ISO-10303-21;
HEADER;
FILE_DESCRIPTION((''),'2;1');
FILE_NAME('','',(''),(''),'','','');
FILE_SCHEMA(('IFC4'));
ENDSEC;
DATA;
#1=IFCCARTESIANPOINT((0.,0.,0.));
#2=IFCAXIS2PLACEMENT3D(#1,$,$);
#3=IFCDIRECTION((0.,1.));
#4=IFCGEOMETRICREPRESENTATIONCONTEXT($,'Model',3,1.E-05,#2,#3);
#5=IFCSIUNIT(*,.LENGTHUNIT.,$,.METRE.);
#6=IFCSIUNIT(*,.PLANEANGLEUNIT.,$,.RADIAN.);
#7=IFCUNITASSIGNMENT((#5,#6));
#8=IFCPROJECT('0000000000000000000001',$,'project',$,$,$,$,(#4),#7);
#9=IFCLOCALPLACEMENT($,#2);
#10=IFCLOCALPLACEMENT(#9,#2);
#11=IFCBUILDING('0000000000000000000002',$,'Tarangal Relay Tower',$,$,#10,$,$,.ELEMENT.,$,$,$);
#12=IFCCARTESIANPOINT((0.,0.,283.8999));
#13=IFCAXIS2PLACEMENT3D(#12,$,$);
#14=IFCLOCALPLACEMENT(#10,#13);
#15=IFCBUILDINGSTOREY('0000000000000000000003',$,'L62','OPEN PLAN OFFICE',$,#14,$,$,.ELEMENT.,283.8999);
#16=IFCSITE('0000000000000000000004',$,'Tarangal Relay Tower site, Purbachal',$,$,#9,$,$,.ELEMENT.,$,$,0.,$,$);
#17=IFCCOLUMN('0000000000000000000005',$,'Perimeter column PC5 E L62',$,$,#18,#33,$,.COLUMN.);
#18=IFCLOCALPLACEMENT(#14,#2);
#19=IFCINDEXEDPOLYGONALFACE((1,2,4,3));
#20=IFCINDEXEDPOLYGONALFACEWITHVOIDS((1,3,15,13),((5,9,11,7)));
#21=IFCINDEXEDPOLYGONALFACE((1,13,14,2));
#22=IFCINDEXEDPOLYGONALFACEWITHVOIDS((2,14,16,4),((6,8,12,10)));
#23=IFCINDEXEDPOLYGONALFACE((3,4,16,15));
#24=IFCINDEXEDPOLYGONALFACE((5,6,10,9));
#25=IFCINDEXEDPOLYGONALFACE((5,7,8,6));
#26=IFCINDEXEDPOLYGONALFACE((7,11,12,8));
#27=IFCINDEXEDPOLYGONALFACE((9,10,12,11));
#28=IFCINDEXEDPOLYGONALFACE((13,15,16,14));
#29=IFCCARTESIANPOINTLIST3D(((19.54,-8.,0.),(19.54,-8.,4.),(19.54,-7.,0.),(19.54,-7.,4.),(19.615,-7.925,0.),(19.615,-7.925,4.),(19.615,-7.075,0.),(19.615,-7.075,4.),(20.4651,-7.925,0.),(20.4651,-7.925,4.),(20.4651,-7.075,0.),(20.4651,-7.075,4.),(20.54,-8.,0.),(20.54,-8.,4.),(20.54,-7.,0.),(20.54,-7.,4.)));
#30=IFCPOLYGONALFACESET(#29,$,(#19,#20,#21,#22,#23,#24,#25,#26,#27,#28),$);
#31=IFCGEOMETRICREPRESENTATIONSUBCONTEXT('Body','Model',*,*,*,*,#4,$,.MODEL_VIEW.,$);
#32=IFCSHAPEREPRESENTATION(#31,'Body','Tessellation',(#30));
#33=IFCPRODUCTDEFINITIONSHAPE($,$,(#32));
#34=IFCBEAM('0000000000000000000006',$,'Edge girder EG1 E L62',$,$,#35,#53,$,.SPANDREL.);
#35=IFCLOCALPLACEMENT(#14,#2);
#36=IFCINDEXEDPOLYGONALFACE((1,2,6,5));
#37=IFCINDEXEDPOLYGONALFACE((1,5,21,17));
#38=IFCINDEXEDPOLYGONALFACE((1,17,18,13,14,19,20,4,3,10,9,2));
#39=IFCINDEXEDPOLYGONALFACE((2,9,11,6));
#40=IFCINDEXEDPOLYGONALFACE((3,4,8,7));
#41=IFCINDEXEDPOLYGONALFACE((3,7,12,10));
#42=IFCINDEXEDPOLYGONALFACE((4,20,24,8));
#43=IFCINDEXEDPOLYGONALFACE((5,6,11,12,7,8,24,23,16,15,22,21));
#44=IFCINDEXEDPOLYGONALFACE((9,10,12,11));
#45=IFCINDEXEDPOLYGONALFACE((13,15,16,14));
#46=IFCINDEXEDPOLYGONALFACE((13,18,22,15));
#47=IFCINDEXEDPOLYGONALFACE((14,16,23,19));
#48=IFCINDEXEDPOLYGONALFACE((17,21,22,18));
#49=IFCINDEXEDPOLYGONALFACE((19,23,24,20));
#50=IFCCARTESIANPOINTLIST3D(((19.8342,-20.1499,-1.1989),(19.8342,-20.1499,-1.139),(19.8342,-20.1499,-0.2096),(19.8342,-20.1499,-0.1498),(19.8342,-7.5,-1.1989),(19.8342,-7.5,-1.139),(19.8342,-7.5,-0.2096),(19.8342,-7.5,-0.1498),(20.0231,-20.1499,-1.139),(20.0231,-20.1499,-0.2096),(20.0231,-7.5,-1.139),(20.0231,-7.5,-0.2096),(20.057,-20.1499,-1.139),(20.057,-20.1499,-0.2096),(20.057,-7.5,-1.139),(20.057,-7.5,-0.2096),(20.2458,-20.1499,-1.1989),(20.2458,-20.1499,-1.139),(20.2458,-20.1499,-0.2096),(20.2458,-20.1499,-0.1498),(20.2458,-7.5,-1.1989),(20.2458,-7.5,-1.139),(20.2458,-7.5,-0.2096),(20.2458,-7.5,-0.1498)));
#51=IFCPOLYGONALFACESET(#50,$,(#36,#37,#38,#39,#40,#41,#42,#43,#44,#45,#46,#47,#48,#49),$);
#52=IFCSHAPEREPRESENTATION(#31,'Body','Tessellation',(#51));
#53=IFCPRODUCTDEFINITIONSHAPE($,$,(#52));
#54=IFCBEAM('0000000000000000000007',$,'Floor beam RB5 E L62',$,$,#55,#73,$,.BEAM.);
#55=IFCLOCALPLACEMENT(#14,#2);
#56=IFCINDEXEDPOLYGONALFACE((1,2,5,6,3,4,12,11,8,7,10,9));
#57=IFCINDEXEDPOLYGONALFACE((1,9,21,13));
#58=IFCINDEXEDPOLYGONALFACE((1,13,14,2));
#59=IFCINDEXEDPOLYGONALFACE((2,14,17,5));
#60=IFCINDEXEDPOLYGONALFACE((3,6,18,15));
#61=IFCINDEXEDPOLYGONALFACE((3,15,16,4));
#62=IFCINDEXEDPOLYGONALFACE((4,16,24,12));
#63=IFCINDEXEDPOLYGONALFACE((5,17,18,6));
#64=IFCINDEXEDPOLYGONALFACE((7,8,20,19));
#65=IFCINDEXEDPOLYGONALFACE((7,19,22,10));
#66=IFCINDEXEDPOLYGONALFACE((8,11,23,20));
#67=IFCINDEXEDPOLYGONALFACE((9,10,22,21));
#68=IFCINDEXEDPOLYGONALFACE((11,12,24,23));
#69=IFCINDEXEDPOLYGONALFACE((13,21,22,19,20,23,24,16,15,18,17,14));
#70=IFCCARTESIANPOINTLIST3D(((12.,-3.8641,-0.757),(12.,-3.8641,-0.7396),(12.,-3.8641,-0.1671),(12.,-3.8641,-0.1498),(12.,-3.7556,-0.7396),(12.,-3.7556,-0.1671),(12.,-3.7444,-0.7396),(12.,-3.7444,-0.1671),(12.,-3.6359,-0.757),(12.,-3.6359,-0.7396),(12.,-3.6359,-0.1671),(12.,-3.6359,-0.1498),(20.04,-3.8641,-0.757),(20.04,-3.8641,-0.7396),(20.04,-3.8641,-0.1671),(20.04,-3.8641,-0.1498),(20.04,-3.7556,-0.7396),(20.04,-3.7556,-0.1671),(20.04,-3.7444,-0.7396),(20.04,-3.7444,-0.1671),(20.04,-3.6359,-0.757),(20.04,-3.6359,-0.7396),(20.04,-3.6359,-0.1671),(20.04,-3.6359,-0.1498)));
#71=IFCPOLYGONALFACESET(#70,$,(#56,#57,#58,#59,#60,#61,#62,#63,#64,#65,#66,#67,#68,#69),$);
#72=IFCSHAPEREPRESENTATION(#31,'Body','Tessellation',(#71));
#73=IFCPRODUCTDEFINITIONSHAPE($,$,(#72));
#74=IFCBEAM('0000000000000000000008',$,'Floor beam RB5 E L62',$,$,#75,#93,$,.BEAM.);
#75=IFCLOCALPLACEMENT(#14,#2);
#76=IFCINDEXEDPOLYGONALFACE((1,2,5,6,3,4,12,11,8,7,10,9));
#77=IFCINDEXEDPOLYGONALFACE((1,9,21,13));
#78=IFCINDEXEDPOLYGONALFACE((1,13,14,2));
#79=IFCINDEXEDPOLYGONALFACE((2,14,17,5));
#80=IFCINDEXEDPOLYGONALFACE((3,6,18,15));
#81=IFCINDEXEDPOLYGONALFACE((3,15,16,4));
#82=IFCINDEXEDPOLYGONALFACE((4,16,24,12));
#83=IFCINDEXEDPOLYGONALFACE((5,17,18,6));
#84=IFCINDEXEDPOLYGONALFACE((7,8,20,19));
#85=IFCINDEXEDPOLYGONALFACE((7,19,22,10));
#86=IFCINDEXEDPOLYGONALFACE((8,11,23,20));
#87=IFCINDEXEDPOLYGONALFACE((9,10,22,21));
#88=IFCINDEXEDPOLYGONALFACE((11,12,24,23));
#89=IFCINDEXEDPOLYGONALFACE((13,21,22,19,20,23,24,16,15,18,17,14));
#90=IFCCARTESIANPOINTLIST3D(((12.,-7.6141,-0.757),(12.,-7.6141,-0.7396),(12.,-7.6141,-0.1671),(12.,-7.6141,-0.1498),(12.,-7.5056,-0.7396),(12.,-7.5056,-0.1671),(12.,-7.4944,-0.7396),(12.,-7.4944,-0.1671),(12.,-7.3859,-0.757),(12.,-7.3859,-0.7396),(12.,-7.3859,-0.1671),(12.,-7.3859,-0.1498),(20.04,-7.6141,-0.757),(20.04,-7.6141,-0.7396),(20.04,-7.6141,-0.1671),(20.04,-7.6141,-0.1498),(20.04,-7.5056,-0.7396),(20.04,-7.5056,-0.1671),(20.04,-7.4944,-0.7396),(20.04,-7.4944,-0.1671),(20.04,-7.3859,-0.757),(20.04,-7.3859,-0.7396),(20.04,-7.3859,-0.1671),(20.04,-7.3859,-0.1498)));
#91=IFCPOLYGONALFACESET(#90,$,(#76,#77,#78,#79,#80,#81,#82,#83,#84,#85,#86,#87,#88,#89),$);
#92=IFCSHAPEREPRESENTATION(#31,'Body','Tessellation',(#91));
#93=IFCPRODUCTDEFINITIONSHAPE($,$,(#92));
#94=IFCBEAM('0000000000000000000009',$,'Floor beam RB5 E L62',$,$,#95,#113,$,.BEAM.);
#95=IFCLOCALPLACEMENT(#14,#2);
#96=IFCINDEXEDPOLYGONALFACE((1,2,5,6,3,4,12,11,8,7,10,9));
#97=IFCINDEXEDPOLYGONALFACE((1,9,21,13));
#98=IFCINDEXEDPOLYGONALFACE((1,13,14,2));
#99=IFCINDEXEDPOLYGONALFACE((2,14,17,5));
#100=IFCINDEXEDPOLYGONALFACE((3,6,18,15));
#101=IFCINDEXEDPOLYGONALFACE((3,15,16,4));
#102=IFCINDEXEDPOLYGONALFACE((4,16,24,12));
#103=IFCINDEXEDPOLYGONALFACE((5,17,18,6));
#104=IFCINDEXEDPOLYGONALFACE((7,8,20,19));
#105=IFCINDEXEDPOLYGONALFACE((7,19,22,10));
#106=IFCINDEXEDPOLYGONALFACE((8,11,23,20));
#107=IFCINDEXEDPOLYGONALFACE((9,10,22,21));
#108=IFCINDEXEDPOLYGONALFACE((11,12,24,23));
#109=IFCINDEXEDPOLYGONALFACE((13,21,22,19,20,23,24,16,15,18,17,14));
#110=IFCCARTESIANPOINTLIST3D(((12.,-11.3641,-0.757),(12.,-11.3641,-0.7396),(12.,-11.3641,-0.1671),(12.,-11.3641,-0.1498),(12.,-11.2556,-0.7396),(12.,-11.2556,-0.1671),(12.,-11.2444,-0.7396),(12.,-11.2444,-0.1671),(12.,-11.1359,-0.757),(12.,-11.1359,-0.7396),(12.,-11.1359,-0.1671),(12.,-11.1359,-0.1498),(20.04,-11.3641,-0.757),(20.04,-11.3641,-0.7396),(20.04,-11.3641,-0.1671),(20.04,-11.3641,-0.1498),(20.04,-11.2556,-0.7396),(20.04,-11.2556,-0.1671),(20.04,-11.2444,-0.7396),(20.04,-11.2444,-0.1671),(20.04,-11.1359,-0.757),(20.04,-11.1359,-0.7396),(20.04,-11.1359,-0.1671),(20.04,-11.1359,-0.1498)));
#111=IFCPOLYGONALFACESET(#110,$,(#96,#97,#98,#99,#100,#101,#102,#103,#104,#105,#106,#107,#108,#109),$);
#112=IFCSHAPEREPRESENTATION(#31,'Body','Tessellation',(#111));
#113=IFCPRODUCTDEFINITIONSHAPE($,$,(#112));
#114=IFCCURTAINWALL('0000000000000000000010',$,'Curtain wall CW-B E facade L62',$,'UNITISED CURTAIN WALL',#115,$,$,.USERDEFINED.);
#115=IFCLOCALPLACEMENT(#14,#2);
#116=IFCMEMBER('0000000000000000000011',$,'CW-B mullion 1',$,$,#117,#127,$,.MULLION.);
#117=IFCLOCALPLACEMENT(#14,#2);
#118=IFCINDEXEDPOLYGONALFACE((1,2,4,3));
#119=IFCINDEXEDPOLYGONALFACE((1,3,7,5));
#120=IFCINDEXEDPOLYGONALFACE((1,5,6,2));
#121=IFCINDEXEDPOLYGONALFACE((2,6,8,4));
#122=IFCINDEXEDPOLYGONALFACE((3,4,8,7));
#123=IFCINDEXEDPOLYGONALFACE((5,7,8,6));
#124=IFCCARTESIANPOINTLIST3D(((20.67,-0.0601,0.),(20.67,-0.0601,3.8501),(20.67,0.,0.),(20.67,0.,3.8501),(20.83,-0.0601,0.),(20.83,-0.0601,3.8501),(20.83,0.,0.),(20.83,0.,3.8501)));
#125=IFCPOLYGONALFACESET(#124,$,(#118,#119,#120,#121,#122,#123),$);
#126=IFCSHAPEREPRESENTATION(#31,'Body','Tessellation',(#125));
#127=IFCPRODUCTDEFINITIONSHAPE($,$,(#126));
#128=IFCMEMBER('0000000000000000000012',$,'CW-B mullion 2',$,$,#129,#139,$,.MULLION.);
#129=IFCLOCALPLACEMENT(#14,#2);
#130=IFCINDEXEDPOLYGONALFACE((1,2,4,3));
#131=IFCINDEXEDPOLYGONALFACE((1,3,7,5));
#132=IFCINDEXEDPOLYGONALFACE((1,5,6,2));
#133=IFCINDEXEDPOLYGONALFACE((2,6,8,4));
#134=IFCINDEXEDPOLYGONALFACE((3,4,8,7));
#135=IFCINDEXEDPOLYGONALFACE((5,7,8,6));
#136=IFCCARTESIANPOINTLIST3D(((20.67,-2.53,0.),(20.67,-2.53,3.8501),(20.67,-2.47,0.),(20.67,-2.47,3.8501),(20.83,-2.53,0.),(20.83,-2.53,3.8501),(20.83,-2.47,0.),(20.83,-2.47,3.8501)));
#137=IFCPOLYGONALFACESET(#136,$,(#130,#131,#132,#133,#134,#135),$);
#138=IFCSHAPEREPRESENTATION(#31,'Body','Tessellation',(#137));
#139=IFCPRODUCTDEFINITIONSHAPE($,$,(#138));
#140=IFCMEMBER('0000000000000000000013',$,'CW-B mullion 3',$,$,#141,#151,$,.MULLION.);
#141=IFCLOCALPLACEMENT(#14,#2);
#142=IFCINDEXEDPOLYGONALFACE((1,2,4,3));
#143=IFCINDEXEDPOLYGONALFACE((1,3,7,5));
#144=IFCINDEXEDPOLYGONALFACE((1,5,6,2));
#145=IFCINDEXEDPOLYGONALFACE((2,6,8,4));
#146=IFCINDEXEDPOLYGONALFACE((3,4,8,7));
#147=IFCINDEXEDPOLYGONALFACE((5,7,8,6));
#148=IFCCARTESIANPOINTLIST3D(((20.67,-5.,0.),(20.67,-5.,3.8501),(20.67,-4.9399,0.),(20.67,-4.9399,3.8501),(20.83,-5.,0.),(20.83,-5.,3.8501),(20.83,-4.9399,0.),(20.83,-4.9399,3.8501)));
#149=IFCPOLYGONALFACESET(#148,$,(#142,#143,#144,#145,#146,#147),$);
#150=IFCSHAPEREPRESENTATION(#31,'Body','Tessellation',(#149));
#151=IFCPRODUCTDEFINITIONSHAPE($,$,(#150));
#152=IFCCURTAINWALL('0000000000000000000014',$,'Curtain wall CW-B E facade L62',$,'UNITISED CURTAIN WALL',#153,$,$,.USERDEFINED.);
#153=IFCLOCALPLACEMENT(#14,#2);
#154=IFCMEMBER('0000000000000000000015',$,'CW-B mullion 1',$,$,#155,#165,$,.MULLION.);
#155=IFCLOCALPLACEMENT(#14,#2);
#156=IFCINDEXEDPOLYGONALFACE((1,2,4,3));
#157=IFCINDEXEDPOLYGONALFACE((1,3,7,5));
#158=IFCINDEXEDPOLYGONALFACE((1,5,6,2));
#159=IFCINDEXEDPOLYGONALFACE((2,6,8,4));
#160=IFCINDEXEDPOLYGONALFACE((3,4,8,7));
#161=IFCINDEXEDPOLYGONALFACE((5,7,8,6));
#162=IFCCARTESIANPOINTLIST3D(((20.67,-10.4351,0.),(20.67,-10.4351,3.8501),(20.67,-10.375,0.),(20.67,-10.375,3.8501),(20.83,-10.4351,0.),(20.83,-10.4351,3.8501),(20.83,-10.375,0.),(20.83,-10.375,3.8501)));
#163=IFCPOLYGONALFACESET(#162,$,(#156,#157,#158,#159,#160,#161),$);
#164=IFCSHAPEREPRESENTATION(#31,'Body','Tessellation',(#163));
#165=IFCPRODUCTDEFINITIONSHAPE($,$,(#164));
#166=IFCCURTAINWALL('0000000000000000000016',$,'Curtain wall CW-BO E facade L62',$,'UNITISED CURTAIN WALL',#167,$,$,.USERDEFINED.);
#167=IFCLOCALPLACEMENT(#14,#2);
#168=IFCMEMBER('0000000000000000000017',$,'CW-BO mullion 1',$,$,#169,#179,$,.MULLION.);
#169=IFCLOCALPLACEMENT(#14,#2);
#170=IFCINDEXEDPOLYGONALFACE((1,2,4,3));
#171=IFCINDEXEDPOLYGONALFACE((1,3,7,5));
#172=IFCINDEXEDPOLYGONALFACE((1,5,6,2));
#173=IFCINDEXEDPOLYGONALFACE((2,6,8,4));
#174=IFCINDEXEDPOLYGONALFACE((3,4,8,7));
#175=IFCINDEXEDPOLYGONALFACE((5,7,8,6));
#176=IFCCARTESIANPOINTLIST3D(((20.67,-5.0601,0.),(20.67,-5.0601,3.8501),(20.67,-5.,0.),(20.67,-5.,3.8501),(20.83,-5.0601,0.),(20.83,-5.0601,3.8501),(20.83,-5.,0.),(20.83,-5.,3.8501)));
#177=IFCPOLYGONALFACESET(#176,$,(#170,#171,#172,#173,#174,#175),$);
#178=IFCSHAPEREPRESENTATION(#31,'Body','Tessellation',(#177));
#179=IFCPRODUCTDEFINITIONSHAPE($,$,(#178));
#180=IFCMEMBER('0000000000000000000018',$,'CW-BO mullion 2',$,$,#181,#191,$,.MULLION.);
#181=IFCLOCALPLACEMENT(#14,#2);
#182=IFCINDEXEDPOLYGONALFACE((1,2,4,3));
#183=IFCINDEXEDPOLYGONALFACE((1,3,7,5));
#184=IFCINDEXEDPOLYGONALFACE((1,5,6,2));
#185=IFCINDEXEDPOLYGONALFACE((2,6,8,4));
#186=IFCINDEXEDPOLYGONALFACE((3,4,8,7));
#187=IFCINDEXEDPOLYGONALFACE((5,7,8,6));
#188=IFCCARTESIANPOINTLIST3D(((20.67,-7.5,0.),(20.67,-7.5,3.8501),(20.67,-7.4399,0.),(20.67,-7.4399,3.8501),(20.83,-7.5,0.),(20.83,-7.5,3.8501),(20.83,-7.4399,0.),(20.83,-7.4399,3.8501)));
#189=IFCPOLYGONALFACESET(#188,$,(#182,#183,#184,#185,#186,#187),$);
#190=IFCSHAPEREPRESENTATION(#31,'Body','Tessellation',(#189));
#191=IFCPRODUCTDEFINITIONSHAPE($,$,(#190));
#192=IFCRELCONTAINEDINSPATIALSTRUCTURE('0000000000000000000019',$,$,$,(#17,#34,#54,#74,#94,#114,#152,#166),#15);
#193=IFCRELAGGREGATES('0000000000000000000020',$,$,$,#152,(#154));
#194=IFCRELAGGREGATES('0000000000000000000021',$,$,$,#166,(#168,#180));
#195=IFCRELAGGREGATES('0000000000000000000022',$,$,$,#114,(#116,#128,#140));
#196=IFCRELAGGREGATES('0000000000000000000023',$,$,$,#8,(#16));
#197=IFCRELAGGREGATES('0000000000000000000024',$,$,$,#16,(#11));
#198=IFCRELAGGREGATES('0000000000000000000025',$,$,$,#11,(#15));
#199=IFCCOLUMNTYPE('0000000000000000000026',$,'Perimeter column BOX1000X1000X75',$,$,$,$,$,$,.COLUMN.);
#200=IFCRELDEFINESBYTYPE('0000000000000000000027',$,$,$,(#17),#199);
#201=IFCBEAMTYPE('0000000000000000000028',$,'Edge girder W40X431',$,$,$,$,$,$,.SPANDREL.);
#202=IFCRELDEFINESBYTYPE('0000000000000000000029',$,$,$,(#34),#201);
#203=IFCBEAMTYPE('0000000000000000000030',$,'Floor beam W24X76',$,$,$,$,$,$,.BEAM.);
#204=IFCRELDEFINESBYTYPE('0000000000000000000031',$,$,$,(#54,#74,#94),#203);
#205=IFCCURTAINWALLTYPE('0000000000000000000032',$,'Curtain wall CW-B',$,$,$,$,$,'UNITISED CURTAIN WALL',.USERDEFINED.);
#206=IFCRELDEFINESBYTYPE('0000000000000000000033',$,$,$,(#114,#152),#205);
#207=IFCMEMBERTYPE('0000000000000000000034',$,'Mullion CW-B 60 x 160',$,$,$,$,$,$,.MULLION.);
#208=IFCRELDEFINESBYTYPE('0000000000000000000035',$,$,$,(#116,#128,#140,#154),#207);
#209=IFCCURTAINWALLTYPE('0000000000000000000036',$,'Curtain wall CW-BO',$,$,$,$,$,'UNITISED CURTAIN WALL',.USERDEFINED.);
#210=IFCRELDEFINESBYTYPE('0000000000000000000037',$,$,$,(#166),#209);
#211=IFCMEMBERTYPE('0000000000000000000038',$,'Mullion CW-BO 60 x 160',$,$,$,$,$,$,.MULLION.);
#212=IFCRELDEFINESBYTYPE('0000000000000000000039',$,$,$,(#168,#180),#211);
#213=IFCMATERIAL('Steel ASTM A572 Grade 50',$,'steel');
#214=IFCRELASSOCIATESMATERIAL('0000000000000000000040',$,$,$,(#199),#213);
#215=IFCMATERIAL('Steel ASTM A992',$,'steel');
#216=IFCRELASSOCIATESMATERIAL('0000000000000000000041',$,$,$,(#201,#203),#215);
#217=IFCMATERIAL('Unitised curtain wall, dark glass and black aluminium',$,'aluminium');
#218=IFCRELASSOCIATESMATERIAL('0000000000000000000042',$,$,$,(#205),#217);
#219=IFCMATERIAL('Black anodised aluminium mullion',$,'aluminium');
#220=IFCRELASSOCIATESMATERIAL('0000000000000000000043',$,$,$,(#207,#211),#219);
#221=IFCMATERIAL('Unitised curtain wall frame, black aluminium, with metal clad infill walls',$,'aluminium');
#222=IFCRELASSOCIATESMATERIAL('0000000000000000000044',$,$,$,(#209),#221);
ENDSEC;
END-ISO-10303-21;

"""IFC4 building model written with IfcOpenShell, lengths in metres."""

from ifc_helpers import new_model, si_unit, direction, frame, origin, origin_2d, place, context, subcontext, project, spatial, rectangle, hollow_rectangle, i_section, extrude, material, material_profile, profile_set, type_object, element, aggregate, save


model = new_model("IFC4")

# Units and contexts
model_context = context("Model", 3, precision=1e-05, world=origin(), true_north=direction((0.0, 1.0)))
body_context = subcontext(model_context, "Body", "Model", "MODEL_VIEW")
ifc_project = project(units=[si_unit("LENGTHUNIT", "METRE"), si_unit("PLANEANGLEUNIT", "RADIAN")], contexts=[model_context])

# Site, building, storey
site_placement = place(None, origin())
site = spatial("IfcSite", under=ifc_project, at=site_placement, Name="Tarangal Relay Tower site, Purbachal", CompositionType="ELEMENT", RefElevation=0.0)
building_placement = place(site_placement, origin())
building = spatial("IfcBuilding", under=site, at=building_placement, Name="Tarangal Relay Tower", CompositionType="ELEMENT")
storey_placement = place(building_placement, frame((0.0, 0.0, 283.8999)))
storey = spatial("IfcBuildingStorey", under=building, at=storey_placement, Name="L62", Description="OPEN PLAN OFFICE", CompositionType="ELEMENT", Elevation=283.8999)

# Column
ifc_material_1 = material(Name="Steel ASTM A572 Grade 50", Category="steel")
ifc_material_profile_1 = material_profile(ifc_material_1, hollow_rectangle(XDim=1.0, YDim=1.0, WallThickness=0.075, at=origin_2d()), Name="BOX1000X1000X75")
ifc_profile_set_1 = profile_set([ifc_material_profile_1], Name="Steel ASTM A572 Grade 50")
column_type = type_object("IfcColumnType", Name="Perimeter column BOX1000X1000X75", PredefinedType="COLUMN", material=ifc_profile_set_1)
column_placement = place(storey_placement, frame((20.04, -7.5, 0.0), z_axis=(0.0, 0.0, 1.0), x_axis=(1.0, 0.0, 0.0)))
element("IfcColumn", 1, at=column_placement, inside=storey, type_object=column_type, Name="Perimeter column PC5 E L62", PredefinedType="COLUMN", context=body_context, shape_type="SweptSolid", body=[
    extrude(hollow_rectangle(XDim=1.0, YDim=1.0, WallThickness=0.075, at=origin_2d()), origin(), (0.0, 0.0, 1.0), 4.0),
])

# Beams
ifc_material_2 = material(Name="Steel ASTM A992", Category="steel")
ifc_material_profile_2 = material_profile(ifc_material_2, i_section(OverallWidth=0.4116, OverallDepth=1.0491, WebThickness=0.0339, FlangeThickness=0.0598, at=origin_2d()), Name="W40X431")
ifc_profile_set_2 = profile_set([ifc_material_profile_2], Name="Steel ASTM A992")
beam_type_1 = type_object("IfcBeamType", Name="Edge girder W40X431", PredefinedType="SPANDREL", material=ifc_profile_set_2)
beam_placement = place(storey_placement, frame((20.04, -7.5, -0.6743), z_axis=(0.0, -1.0, 0.0), x_axis=(1.0, 0.0, 0.0)))
element("IfcBeam", 2, at=beam_placement, inside=storey, type_object=beam_type_1, Name="Edge girder EG1 E L62", PredefinedType="SPANDREL", context=body_context, shape_type="SweptSolid", body=[
    extrude(i_section(OverallWidth=0.4116, OverallDepth=1.0491, WebThickness=0.0339, FlangeThickness=0.0598, at=origin_2d()), origin(), (0.0, 0.0, 1.0), 12.6499),
])
ifc_material_profile_3 = material_profile(ifc_material_2, i_section(OverallWidth=0.2283, OverallDepth=0.6072, WebThickness=0.0112, FlangeThickness=0.0173, at=origin_2d()), Name="W24X76")
ifc_profile_set_3 = profile_set([ifc_material_profile_3], Name="Steel ASTM A992")
beam_type_2 = type_object("IfcBeamType", Name="Floor beam W24X76", PredefinedType="BEAM", material=ifc_profile_set_3)
for number, where, z_axis, x_axis, name in (
    (3, (12.0, -3.75, -0.4534), (1.0, 0.0, 0.0), (0.0, 1.0, 0.0), "Floor beam RB5 E L62"),
    (4, (12.0, -7.5, -0.4534), (1.0, 0.0, 0.0), (0.0, 1.0, 0.0), "Floor beam RB5 E L62"),
    (5, (12.0, -11.25, -0.4534), (1.0, 0.0, 0.0), (0.0, 1.0, 0.0), "Floor beam RB5 E L62"),
):
    element("IfcBeam", number, at=place(storey_placement, frame(where, z_axis=z_axis, x_axis=x_axis)), inside=storey, type_object=beam_type_2, Name=name, PredefinedType="BEAM", context=body_context, shape_type="SweptSolid", body=[
        extrude(i_section(OverallWidth=0.2283, OverallDepth=0.6072, WebThickness=0.0112, FlangeThickness=0.0173, at=origin_2d()), origin(), (0.0, 0.0, 1.0), 8.04),
    ])

# Curtain wall, members
ifc_material_3 = material(Name="Unitised curtain wall, dark glass and black aluminium", Category="aluminium")
curtain_wall_type_1 = type_object("IfcCurtainWallType", Name="Curtain wall CW-B", ElementType="UNITISED CURTAIN WALL", PredefinedType="USERDEFINED", material=ifc_material_3)
curtain_wall_1_placement = place(storey_placement, origin())
curtain_wall_1 = element("IfcCurtainWall", 6, at=curtain_wall_1_placement, inside=storey, type_object=curtain_wall_type_1, Name="Curtain wall CW-B E facade L62", ObjectType="UNITISED CURTAIN WALL", PredefinedType="USERDEFINED")
ifc_material_4 = material(Name="Black anodised aluminium mullion", Category="aluminium")
ifc_material_profile_4 = material_profile(ifc_material_4, rectangle(XDim=0.1599, YDim=0.0601, at=origin_2d()), Name="CW-BM 60X160")
ifc_profile_set_4 = profile_set([ifc_material_profile_4], Name="Black anodised aluminium mullion")
member_type_1 = type_object("IfcMemberType", Name="Mullion CW-B 60 x 160", PredefinedType="MULLION", material=ifc_profile_set_4)
member_1_placement = place(storey_placement, frame((20.75, -0.03, 0.0), z_axis=(0.0, 0.0, 1.0), x_axis=(1.0, 0.0, 0.0)))
member_1 = element("IfcMember", 7, at=member_1_placement, type_object=member_type_1, Name="CW-B mullion 1", PredefinedType="MULLION", context=body_context, shape_type="SweptSolid", body=[
    extrude(rectangle(XDim=0.1599, YDim=0.0601, at=origin_2d()), origin(), (0.0, 0.0, 1.0), 3.8501),
])
member_2_placement = place(storey_placement, frame((20.75, -2.5, 0.0), z_axis=(0.0, 0.0, 1.0), x_axis=(1.0, 0.0, 0.0)))
member_2 = element("IfcMember", 8, at=member_2_placement, type_object=member_type_1, Name="CW-B mullion 2", PredefinedType="MULLION", context=body_context, shape_type="SweptSolid", body=[
    extrude(rectangle(XDim=0.1599, YDim=0.0601, at=origin_2d()), origin(), (0.0, 0.0, 1.0), 3.8501),
])
member_3_placement = place(storey_placement, frame((20.75, -4.97, 0.0), z_axis=(0.0, 0.0, 1.0), x_axis=(1.0, 0.0, 0.0)))
member_3 = element("IfcMember", 9, at=member_3_placement, type_object=member_type_1, Name="CW-B mullion 3", PredefinedType="MULLION", context=body_context, shape_type="SweptSolid", body=[
    extrude(rectangle(XDim=0.1599, YDim=0.0601, at=origin_2d()), origin(), (0.0, 0.0, 1.0), 3.8501),
])

# Curtain wall, member
curtain_wall_2_placement = place(storey_placement, origin())
curtain_wall_2 = element("IfcCurtainWall", 10, at=curtain_wall_2_placement, inside=storey, type_object=curtain_wall_type_1, Name="Curtain wall CW-B E facade L62", ObjectType="UNITISED CURTAIN WALL", PredefinedType="USERDEFINED")
member_4_placement = place(storey_placement, frame((20.75, -10.405, 0.0), z_axis=(0.0, 0.0, 1.0), x_axis=(1.0, 0.0, 0.0)))
member_4 = element("IfcMember", 11, at=member_4_placement, type_object=member_type_1, Name="CW-B mullion 1", PredefinedType="MULLION", context=body_context, shape_type="SweptSolid", body=[
    extrude(rectangle(XDim=0.1599, YDim=0.0601, at=origin_2d()), origin(), (0.0, 0.0, 1.0), 3.8501),
])

# Curtain wall, members
ifc_material_5 = material(Name="Unitised curtain wall frame, black aluminium, with metal clad infill walls", Category="aluminium")
curtain_wall_type_2 = type_object("IfcCurtainWallType", Name="Curtain wall CW-BO", ElementType="UNITISED CURTAIN WALL", PredefinedType="USERDEFINED", material=ifc_material_5)
curtain_wall_3_placement = place(storey_placement, origin())
curtain_wall_3 = element("IfcCurtainWall", 12, at=curtain_wall_3_placement, inside=storey, type_object=curtain_wall_type_2, Name="Curtain wall CW-BO E facade L62", ObjectType="UNITISED CURTAIN WALL", PredefinedType="USERDEFINED")
ifc_material_profile_5 = material_profile(ifc_material_4, rectangle(XDim=0.1599, YDim=0.0601, at=origin_2d()), Name="CW-BOM 60X160")
ifc_profile_set_5 = profile_set([ifc_material_profile_5], Name="Black anodised aluminium mullion")
member_type_2 = type_object("IfcMemberType", Name="Mullion CW-BO 60 x 160", PredefinedType="MULLION", material=ifc_profile_set_5)
member_5_placement = place(storey_placement, frame((20.75, -5.03, 0.0), z_axis=(0.0, 0.0, 1.0), x_axis=(1.0, 0.0, 0.0)))
member_5 = element("IfcMember", 13, at=member_5_placement, type_object=member_type_2, Name="CW-BO mullion 1", PredefinedType="MULLION", context=body_context, shape_type="SweptSolid", body=[
    extrude(rectangle(XDim=0.1599, YDim=0.0601, at=origin_2d()), origin(), (0.0, 0.0, 1.0), 3.8501),
])
member_6_placement = place(storey_placement, frame((20.75, -7.47, 0.0), z_axis=(0.0, 0.0, 1.0), x_axis=(1.0, 0.0, 0.0)))
member_6 = element("IfcMember", 14, at=member_6_placement, type_object=member_type_2, Name="CW-BO mullion 2", PredefinedType="MULLION", context=body_context, shape_type="SweptSolid", body=[
    extrude(rectangle(XDim=0.1599, YDim=0.0601, at=origin_2d()), origin(), (0.0, 0.0, 1.0), 3.8501),
])

aggregate(curtain_wall_2, [member_4])
aggregate(curtain_wall_3, [member_5, member_6])

aggregate(curtain_wall_1, [member_1, member_2, member_3])

save(model, "model.ifc")
